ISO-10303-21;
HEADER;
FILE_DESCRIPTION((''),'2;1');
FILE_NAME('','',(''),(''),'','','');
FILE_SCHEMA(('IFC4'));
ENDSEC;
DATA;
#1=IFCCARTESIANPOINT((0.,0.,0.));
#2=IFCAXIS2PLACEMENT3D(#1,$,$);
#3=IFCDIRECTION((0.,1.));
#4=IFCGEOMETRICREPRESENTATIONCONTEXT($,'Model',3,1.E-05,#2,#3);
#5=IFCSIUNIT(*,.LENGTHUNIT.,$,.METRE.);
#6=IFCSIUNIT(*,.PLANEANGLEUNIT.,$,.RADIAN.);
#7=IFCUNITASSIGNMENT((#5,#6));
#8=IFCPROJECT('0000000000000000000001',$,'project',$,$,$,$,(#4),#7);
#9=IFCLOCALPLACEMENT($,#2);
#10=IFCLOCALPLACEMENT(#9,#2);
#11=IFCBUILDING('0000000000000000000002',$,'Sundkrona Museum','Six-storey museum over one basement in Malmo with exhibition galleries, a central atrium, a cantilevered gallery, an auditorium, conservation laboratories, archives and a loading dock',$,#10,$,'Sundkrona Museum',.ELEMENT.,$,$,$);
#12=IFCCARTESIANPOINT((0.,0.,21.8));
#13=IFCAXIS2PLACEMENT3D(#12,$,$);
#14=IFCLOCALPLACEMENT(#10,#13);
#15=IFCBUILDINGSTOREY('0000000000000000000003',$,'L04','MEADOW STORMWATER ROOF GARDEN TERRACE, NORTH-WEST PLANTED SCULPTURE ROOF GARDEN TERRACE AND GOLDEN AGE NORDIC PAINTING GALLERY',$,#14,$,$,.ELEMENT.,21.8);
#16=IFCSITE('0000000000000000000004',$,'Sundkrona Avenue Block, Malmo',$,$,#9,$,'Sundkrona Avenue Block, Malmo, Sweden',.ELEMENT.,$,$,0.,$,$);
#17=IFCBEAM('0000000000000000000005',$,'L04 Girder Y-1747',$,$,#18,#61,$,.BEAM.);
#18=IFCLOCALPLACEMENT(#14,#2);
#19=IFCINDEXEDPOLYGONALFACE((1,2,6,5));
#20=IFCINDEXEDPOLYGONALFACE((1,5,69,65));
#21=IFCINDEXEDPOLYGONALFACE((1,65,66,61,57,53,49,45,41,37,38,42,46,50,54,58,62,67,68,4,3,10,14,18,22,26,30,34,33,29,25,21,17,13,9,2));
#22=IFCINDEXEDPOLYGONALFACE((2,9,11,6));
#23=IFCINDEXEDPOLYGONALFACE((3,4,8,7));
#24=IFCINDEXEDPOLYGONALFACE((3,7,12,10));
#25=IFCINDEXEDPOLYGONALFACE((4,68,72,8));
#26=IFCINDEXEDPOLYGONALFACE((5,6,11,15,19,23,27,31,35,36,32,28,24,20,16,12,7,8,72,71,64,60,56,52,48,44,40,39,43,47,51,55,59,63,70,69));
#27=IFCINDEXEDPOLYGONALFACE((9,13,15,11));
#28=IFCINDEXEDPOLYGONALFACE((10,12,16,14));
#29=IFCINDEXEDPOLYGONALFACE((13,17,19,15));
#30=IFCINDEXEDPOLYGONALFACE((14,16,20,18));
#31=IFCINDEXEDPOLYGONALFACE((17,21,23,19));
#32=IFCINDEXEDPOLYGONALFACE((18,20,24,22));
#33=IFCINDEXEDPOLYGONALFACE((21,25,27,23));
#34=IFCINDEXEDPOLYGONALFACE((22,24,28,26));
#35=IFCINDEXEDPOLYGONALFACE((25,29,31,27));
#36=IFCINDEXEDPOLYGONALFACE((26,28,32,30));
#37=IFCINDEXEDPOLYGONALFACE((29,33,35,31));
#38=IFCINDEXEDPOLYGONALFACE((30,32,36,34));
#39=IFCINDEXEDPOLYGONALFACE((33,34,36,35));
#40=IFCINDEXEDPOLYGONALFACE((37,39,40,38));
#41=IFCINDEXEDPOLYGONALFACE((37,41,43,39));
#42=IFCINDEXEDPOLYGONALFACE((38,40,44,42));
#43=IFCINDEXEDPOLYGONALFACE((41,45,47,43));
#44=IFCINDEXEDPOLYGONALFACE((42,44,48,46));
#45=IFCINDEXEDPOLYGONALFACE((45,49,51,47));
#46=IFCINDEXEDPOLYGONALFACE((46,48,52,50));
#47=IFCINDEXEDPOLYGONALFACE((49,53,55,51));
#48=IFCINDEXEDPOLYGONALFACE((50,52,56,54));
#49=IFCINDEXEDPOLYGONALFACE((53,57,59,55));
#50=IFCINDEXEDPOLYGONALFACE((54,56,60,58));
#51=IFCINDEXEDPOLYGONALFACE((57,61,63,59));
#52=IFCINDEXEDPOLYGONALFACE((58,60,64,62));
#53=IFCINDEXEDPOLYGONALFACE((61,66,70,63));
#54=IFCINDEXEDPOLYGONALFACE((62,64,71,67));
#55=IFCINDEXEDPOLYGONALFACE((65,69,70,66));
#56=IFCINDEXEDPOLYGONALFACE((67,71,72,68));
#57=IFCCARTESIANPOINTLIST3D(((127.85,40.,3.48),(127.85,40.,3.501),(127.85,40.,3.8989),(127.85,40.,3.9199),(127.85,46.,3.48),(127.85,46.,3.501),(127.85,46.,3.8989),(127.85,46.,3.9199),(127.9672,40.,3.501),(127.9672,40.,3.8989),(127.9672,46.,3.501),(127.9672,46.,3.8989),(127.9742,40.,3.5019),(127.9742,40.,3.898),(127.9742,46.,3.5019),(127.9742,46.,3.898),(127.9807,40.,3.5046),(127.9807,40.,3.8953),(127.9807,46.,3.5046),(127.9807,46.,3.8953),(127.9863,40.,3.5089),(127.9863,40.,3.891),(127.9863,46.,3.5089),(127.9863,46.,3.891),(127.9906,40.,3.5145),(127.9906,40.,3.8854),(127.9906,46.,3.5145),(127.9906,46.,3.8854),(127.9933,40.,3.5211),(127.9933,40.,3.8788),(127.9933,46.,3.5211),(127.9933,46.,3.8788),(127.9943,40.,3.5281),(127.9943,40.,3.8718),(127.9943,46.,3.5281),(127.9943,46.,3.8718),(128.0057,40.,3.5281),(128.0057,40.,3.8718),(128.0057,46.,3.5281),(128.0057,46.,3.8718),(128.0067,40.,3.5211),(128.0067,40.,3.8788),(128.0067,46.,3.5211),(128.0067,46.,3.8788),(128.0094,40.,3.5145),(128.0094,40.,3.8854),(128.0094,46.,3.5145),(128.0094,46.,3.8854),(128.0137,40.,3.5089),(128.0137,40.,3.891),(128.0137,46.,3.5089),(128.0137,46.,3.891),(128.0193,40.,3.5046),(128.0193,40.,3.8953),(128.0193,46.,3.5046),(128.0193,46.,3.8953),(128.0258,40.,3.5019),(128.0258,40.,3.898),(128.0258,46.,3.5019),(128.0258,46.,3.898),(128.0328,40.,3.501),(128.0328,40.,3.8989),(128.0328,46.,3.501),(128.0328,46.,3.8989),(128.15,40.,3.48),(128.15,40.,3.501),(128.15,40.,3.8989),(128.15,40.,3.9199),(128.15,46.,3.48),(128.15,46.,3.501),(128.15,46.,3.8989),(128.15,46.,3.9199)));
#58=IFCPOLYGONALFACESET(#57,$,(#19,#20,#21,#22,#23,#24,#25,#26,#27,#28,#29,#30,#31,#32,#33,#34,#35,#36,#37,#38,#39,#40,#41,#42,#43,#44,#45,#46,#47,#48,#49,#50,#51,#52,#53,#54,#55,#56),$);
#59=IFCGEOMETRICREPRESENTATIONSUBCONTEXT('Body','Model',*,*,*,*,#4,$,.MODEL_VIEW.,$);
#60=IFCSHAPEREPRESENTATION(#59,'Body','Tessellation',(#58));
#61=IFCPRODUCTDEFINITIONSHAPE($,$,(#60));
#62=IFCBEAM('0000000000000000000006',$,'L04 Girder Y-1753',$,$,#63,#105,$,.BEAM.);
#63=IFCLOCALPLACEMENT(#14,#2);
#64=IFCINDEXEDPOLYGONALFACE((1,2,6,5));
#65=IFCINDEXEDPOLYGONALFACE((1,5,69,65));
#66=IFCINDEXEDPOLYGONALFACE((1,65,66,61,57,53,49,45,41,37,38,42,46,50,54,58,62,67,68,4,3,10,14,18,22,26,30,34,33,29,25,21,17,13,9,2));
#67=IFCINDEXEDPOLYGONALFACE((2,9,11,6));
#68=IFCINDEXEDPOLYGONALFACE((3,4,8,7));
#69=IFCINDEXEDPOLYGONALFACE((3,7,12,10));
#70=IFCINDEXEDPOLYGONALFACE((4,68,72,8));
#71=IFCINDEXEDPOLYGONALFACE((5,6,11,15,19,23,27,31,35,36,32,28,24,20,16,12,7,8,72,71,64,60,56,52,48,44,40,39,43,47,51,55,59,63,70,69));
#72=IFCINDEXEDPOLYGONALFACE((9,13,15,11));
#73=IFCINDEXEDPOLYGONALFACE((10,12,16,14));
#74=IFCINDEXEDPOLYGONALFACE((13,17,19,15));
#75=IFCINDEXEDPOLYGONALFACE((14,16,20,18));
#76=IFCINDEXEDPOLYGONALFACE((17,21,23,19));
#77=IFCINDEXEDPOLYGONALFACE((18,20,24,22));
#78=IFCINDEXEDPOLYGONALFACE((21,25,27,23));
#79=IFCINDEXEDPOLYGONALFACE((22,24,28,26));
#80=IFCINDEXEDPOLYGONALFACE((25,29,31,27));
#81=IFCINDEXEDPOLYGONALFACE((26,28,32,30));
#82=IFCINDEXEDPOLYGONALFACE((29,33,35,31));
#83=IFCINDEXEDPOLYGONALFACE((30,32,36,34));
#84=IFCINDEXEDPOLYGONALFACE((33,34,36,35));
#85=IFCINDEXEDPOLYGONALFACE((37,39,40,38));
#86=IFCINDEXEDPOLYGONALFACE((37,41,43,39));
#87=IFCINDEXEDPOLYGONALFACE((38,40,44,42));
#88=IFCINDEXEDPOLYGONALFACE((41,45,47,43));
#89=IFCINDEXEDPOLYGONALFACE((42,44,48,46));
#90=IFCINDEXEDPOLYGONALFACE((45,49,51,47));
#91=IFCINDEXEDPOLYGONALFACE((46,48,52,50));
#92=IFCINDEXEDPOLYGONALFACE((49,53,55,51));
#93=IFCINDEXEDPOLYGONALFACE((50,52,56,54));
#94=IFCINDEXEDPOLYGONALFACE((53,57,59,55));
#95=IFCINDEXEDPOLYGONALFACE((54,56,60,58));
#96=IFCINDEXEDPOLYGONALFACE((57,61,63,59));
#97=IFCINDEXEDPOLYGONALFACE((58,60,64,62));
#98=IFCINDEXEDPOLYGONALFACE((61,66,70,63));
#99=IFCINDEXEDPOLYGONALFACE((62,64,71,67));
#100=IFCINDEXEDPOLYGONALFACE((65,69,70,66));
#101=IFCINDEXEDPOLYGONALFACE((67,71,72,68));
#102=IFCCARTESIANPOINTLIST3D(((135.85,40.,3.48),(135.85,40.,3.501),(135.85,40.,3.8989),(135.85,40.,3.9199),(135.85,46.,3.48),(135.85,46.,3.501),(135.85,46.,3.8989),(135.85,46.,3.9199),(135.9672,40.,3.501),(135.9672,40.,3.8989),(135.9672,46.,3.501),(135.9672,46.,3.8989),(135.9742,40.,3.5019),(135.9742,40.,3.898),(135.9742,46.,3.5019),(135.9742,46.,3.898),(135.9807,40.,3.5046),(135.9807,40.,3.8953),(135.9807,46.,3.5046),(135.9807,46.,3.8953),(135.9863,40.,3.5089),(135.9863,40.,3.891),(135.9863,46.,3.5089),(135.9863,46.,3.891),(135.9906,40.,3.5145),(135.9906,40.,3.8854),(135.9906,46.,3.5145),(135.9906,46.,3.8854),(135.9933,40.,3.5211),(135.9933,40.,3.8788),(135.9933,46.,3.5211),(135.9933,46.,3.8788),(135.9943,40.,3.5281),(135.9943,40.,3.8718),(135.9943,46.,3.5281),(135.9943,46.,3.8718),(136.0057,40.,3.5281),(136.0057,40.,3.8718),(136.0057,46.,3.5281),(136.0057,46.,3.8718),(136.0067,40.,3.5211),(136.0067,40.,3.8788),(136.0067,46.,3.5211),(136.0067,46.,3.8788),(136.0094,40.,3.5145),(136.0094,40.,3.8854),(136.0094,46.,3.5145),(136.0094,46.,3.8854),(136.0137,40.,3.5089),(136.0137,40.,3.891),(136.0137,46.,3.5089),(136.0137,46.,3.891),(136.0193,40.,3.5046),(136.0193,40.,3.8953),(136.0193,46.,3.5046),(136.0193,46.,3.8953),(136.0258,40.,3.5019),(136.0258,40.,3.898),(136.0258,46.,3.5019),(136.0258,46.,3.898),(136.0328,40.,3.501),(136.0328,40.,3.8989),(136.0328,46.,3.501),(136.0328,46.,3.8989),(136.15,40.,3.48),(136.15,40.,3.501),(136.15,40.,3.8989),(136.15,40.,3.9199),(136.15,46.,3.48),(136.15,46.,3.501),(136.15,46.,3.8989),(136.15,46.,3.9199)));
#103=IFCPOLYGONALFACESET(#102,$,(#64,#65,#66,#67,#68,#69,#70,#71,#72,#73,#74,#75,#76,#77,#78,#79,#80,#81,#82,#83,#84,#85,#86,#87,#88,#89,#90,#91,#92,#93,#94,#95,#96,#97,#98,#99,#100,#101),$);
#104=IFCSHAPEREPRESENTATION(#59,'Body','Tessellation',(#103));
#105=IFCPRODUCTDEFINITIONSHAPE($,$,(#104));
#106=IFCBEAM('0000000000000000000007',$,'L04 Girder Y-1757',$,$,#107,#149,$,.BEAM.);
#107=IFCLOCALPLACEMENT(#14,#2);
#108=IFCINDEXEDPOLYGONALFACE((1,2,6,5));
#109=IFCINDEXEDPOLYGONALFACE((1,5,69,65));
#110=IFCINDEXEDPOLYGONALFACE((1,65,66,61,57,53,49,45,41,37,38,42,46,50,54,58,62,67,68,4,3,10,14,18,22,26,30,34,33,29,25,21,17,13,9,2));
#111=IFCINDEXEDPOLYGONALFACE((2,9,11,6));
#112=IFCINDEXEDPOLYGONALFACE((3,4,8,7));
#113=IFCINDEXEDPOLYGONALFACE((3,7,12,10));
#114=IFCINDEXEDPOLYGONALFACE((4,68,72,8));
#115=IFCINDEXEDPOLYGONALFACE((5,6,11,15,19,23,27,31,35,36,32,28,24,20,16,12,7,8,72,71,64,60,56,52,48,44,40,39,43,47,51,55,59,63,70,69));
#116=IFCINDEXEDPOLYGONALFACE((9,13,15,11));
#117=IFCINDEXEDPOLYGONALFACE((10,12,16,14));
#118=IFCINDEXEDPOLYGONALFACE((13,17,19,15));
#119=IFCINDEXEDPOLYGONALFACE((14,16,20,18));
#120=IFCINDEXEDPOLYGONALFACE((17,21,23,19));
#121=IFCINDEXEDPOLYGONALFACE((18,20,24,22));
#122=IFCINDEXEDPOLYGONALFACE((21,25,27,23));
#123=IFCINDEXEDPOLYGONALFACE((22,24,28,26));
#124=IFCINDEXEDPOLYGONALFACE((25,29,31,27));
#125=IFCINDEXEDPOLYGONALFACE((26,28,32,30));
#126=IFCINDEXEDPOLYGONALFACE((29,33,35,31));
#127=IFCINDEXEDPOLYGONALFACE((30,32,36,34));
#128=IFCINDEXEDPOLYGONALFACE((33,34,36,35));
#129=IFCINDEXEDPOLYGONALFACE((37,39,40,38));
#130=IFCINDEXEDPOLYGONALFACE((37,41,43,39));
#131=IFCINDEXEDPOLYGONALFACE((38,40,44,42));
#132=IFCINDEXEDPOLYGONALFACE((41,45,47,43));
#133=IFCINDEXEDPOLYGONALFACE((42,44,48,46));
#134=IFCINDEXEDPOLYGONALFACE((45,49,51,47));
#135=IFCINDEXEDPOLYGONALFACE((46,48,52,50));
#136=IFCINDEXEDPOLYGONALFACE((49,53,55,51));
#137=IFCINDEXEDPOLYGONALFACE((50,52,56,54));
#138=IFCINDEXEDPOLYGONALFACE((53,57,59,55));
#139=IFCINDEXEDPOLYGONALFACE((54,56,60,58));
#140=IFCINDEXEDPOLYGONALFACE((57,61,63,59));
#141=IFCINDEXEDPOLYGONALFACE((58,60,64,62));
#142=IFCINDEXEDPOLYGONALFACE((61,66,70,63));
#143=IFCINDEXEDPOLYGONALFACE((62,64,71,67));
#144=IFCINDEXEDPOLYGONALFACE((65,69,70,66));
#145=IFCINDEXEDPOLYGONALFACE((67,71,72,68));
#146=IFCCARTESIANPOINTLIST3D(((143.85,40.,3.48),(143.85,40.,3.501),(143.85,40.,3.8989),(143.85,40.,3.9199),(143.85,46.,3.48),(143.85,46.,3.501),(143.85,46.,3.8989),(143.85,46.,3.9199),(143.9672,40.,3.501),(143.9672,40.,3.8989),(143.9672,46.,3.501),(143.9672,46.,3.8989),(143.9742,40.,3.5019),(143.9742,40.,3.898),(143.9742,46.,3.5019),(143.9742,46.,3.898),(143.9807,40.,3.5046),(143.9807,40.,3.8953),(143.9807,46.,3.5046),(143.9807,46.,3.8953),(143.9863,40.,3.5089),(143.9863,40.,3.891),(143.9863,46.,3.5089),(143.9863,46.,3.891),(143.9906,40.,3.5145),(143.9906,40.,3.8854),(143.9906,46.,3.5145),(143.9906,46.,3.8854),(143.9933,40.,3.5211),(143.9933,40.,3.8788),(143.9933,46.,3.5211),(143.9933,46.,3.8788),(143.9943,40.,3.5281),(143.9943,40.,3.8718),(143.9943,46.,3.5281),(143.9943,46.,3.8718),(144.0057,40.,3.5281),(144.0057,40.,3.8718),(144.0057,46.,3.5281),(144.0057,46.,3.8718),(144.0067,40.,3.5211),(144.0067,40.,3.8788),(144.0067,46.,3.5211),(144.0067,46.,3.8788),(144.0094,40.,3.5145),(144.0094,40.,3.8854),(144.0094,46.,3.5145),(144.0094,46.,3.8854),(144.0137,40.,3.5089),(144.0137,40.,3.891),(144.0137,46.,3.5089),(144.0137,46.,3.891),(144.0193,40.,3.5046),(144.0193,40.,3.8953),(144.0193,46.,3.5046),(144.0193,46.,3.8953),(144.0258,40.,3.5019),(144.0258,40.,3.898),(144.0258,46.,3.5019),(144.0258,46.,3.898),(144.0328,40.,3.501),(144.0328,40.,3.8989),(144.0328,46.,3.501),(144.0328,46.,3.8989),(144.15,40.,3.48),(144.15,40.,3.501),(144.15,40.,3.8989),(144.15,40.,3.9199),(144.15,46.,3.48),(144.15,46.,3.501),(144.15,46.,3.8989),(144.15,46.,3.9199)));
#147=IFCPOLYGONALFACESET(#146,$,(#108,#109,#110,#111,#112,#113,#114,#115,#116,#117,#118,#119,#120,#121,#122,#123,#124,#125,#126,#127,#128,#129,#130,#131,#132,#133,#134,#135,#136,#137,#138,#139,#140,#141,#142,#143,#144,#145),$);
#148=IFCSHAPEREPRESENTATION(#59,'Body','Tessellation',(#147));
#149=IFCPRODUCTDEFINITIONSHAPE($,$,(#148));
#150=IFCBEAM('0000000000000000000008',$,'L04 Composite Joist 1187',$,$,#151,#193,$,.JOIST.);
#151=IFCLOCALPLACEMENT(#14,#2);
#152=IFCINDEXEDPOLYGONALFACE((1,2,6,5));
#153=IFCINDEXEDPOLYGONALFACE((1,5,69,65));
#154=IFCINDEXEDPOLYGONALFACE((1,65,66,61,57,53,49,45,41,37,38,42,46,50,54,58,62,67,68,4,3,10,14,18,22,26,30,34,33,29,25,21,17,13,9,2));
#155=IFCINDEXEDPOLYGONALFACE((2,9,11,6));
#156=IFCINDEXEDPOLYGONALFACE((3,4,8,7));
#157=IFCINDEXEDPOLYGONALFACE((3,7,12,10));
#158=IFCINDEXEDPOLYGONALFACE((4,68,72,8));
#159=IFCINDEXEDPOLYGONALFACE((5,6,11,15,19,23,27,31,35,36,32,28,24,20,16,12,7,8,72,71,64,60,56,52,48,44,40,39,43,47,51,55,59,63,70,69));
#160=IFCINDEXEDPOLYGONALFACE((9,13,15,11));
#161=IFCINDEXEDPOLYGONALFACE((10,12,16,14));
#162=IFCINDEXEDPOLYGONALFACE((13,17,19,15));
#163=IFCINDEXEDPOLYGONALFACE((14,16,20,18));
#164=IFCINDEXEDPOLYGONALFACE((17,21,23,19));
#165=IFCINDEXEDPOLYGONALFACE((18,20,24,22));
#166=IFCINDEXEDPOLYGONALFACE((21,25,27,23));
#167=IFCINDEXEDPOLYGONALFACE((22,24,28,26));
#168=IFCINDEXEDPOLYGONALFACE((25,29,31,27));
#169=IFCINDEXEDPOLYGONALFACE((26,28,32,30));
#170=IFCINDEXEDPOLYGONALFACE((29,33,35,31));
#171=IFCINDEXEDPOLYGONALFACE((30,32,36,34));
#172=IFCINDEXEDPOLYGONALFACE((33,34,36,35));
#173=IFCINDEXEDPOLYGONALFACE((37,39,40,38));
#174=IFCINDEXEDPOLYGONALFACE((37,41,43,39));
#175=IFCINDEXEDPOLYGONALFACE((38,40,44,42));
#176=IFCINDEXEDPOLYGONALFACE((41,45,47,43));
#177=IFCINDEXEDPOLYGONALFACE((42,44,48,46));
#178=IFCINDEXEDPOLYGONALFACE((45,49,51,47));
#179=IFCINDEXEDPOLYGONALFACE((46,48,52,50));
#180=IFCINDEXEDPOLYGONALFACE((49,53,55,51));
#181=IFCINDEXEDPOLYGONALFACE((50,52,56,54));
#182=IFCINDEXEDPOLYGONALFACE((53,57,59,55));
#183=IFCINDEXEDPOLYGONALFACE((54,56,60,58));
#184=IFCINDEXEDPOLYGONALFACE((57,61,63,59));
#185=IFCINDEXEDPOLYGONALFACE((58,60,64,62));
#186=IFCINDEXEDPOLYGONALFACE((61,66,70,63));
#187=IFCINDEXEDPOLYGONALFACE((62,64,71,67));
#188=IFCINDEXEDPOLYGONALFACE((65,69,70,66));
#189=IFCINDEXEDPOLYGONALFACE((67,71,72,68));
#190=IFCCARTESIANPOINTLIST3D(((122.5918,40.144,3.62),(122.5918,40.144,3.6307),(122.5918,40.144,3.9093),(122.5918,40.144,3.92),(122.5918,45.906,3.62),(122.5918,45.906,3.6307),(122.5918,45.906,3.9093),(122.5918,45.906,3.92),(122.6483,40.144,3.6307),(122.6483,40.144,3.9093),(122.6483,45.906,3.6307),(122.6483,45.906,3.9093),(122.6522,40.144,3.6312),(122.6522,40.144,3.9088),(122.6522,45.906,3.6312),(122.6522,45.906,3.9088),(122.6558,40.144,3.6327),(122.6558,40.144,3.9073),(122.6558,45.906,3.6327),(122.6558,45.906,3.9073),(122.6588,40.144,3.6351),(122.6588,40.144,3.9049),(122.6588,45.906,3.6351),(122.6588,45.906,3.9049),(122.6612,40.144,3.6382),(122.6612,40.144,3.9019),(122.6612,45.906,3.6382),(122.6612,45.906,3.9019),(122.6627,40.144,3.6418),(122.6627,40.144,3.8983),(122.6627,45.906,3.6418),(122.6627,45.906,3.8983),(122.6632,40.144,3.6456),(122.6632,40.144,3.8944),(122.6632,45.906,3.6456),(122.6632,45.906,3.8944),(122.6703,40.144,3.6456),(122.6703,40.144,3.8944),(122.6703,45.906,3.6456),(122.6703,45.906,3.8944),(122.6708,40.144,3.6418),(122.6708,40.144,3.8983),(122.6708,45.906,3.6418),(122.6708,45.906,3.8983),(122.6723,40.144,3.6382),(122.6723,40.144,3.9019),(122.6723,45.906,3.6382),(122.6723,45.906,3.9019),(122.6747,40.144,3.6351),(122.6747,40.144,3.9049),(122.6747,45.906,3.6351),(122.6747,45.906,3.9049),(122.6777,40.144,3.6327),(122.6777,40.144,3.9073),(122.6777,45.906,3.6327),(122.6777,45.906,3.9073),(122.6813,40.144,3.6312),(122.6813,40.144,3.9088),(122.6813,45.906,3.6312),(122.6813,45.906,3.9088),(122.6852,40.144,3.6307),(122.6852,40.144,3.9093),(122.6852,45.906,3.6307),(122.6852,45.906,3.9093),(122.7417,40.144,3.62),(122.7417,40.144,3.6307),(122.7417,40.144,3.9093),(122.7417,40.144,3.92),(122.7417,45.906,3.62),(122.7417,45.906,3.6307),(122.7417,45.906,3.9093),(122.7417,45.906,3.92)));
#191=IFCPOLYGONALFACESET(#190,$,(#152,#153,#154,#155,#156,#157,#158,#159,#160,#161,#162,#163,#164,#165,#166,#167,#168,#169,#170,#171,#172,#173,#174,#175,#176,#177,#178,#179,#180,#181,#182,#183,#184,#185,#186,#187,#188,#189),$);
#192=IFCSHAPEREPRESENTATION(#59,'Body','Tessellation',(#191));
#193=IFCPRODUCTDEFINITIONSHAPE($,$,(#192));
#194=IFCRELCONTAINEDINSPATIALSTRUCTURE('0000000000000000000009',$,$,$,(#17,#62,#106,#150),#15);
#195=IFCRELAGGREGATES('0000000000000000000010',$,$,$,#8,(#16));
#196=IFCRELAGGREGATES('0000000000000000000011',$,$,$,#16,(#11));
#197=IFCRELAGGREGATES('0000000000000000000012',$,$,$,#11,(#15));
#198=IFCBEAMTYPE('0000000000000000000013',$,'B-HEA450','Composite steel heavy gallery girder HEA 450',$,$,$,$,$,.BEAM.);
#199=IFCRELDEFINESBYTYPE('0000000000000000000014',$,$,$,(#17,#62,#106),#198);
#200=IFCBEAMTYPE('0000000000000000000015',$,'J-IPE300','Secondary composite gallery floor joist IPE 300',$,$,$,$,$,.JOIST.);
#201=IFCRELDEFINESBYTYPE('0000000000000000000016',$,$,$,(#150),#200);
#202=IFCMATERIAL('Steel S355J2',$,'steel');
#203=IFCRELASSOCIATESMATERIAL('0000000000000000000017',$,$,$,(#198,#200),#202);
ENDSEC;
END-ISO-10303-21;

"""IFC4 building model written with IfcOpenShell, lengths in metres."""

from ifc_helpers import new_model, si_unit, direction, frame, origin, origin_2d, place, context, subcontext, project, spatial, i_section, extrude, material, material_profile, profile_set, type_object, element, save


model = new_model("IFC4")

# Units and contexts
model_context = context("Model", 3, precision=1e-05, world=origin(), true_north=direction((0.0, 1.0)))
body_context = subcontext(model_context, "Body", "Model", "MODEL_VIEW")
ifc_project = project(units=[si_unit("LENGTHUNIT", "METRE"), si_unit("PLANEANGLEUNIT", "RADIAN")], contexts=[model_context])

# Site, building, storey
site_placement = place(None, origin())
site = spatial("IfcSite", under=ifc_project, at=site_placement, Name="Sundkrona Avenue Block, Malmo", LongName="Sundkrona Avenue Block, Malmo, Sweden", CompositionType="ELEMENT", RefElevation=0.0)
building_placement = place(site_placement, origin())
building = spatial("IfcBuilding", under=site, at=building_placement, Name="Sundkrona Museum", Description="Six-storey museum over one basement in Malmo with exhibition galleries, a central atrium, a cantilevered gallery, an auditorium, conservation laboratories, archives and a loading dock", LongName="Sundkrona Museum", CompositionType="ELEMENT")
storey_placement = place(building_placement, frame((0.0, 0.0, 21.8)))
storey = spatial("IfcBuildingStorey", under=building, at=storey_placement, Name="L04", Description="MEADOW STORMWATER ROOF GARDEN TERRACE, NORTH-WEST PLANTED SCULPTURE ROOF GARDEN TERRACE AND GOLDEN AGE NORDIC PAINTING GALLERY", CompositionType="ELEMENT", Elevation=21.8)

# Shared definitions
ifc_material_1 = material(Name="Steel S355J2", Category="steel")

# Beams
ifc_material_profile_1 = material_profile(ifc_material_1, i_section(OverallWidth=0.3, OverallDepth=0.4399, WebThickness=0.0115, FlangeThickness=0.021, FilletRadius=0.0271, at=origin_2d()), Name="HEA 450")
ifc_profile_set_1 = profile_set([ifc_material_profile_1], Name="Steel S355J2")
beam_type_1 = type_object("IfcBeamType", Name="B-HEA450", Description="Composite steel heavy gallery girder HEA 450", PredefinedType="BEAM", material=ifc_profile_set_1)
for number, where, z_axis, x_axis, name in (
    (1, (128.0, 40.0, 3.7), (0.0, 1.0, 0.0), (-1.0, 0.0, 0.0), "L04 Girder Y-1747"),
    (2, (136.0, 40.0, 3.7), (0.0, 1.0, 0.0), (-1.0, 0.0, 0.0), "L04 Girder Y-1753"),
    (3, (144.0, 40.0, 3.7), (0.0, 1.0, 0.0), (-1.0, 0.0, 0.0), "L04 Girder Y-1757"),
):
    element("IfcBeam", number, at=place(storey_placement, frame(where, z_axis=z_axis, x_axis=x_axis)), inside=storey, type_object=beam_type_1, Name=name, PredefinedType="BEAM", context=body_context, shape_type="SweptSolid", body=[
        extrude(i_section(OverallWidth=0.3, OverallDepth=0.4399, WebThickness=0.0115, FlangeThickness=0.021, FilletRadius=0.0271, at=origin_2d()), origin(), (0.0, 0.0, 1.0), 6.0),
    ])
ifc_material_profile_2 = material_profile(ifc_material_1, i_section(OverallWidth=0.1499, OverallDepth=0.3, WebThickness=0.0071, FlangeThickness=0.0107, FilletRadius=0.0149, at=origin_2d()), Name="IPE 300")
ifc_profile_set_2 = profile_set([ifc_material_profile_2], Name="Steel S355J2")
beam_type_2 = type_object("IfcBeamType", Name="J-IPE300", Description="Secondary composite gallery floor joist IPE 300", PredefinedType="JOIST", material=ifc_profile_set_2)
for number, where, z_axis, x_axis, name in (
    (4, (122.6667, 40.144, 3.77), (0.0, 1.0, 0.0), (-1.0, 0.0, 0.0), "L04 Composite Joist 1187"),
):
    element("IfcBeam", number, at=place(storey_placement, frame(where, z_axis=z_axis, x_axis=x_axis)), inside=storey, type_object=beam_type_2, Name=name, PredefinedType="JOIST", context=body_context, shape_type="SweptSolid", body=[
        extrude(i_section(OverallWidth=0.1499, OverallDepth=0.3, WebThickness=0.0071, FlangeThickness=0.0107, FilletRadius=0.0149, at=origin_2d()), origin(), (0.0, 0.0, 1.0), 5.762),
    ])

save(model, "model.ifc")
